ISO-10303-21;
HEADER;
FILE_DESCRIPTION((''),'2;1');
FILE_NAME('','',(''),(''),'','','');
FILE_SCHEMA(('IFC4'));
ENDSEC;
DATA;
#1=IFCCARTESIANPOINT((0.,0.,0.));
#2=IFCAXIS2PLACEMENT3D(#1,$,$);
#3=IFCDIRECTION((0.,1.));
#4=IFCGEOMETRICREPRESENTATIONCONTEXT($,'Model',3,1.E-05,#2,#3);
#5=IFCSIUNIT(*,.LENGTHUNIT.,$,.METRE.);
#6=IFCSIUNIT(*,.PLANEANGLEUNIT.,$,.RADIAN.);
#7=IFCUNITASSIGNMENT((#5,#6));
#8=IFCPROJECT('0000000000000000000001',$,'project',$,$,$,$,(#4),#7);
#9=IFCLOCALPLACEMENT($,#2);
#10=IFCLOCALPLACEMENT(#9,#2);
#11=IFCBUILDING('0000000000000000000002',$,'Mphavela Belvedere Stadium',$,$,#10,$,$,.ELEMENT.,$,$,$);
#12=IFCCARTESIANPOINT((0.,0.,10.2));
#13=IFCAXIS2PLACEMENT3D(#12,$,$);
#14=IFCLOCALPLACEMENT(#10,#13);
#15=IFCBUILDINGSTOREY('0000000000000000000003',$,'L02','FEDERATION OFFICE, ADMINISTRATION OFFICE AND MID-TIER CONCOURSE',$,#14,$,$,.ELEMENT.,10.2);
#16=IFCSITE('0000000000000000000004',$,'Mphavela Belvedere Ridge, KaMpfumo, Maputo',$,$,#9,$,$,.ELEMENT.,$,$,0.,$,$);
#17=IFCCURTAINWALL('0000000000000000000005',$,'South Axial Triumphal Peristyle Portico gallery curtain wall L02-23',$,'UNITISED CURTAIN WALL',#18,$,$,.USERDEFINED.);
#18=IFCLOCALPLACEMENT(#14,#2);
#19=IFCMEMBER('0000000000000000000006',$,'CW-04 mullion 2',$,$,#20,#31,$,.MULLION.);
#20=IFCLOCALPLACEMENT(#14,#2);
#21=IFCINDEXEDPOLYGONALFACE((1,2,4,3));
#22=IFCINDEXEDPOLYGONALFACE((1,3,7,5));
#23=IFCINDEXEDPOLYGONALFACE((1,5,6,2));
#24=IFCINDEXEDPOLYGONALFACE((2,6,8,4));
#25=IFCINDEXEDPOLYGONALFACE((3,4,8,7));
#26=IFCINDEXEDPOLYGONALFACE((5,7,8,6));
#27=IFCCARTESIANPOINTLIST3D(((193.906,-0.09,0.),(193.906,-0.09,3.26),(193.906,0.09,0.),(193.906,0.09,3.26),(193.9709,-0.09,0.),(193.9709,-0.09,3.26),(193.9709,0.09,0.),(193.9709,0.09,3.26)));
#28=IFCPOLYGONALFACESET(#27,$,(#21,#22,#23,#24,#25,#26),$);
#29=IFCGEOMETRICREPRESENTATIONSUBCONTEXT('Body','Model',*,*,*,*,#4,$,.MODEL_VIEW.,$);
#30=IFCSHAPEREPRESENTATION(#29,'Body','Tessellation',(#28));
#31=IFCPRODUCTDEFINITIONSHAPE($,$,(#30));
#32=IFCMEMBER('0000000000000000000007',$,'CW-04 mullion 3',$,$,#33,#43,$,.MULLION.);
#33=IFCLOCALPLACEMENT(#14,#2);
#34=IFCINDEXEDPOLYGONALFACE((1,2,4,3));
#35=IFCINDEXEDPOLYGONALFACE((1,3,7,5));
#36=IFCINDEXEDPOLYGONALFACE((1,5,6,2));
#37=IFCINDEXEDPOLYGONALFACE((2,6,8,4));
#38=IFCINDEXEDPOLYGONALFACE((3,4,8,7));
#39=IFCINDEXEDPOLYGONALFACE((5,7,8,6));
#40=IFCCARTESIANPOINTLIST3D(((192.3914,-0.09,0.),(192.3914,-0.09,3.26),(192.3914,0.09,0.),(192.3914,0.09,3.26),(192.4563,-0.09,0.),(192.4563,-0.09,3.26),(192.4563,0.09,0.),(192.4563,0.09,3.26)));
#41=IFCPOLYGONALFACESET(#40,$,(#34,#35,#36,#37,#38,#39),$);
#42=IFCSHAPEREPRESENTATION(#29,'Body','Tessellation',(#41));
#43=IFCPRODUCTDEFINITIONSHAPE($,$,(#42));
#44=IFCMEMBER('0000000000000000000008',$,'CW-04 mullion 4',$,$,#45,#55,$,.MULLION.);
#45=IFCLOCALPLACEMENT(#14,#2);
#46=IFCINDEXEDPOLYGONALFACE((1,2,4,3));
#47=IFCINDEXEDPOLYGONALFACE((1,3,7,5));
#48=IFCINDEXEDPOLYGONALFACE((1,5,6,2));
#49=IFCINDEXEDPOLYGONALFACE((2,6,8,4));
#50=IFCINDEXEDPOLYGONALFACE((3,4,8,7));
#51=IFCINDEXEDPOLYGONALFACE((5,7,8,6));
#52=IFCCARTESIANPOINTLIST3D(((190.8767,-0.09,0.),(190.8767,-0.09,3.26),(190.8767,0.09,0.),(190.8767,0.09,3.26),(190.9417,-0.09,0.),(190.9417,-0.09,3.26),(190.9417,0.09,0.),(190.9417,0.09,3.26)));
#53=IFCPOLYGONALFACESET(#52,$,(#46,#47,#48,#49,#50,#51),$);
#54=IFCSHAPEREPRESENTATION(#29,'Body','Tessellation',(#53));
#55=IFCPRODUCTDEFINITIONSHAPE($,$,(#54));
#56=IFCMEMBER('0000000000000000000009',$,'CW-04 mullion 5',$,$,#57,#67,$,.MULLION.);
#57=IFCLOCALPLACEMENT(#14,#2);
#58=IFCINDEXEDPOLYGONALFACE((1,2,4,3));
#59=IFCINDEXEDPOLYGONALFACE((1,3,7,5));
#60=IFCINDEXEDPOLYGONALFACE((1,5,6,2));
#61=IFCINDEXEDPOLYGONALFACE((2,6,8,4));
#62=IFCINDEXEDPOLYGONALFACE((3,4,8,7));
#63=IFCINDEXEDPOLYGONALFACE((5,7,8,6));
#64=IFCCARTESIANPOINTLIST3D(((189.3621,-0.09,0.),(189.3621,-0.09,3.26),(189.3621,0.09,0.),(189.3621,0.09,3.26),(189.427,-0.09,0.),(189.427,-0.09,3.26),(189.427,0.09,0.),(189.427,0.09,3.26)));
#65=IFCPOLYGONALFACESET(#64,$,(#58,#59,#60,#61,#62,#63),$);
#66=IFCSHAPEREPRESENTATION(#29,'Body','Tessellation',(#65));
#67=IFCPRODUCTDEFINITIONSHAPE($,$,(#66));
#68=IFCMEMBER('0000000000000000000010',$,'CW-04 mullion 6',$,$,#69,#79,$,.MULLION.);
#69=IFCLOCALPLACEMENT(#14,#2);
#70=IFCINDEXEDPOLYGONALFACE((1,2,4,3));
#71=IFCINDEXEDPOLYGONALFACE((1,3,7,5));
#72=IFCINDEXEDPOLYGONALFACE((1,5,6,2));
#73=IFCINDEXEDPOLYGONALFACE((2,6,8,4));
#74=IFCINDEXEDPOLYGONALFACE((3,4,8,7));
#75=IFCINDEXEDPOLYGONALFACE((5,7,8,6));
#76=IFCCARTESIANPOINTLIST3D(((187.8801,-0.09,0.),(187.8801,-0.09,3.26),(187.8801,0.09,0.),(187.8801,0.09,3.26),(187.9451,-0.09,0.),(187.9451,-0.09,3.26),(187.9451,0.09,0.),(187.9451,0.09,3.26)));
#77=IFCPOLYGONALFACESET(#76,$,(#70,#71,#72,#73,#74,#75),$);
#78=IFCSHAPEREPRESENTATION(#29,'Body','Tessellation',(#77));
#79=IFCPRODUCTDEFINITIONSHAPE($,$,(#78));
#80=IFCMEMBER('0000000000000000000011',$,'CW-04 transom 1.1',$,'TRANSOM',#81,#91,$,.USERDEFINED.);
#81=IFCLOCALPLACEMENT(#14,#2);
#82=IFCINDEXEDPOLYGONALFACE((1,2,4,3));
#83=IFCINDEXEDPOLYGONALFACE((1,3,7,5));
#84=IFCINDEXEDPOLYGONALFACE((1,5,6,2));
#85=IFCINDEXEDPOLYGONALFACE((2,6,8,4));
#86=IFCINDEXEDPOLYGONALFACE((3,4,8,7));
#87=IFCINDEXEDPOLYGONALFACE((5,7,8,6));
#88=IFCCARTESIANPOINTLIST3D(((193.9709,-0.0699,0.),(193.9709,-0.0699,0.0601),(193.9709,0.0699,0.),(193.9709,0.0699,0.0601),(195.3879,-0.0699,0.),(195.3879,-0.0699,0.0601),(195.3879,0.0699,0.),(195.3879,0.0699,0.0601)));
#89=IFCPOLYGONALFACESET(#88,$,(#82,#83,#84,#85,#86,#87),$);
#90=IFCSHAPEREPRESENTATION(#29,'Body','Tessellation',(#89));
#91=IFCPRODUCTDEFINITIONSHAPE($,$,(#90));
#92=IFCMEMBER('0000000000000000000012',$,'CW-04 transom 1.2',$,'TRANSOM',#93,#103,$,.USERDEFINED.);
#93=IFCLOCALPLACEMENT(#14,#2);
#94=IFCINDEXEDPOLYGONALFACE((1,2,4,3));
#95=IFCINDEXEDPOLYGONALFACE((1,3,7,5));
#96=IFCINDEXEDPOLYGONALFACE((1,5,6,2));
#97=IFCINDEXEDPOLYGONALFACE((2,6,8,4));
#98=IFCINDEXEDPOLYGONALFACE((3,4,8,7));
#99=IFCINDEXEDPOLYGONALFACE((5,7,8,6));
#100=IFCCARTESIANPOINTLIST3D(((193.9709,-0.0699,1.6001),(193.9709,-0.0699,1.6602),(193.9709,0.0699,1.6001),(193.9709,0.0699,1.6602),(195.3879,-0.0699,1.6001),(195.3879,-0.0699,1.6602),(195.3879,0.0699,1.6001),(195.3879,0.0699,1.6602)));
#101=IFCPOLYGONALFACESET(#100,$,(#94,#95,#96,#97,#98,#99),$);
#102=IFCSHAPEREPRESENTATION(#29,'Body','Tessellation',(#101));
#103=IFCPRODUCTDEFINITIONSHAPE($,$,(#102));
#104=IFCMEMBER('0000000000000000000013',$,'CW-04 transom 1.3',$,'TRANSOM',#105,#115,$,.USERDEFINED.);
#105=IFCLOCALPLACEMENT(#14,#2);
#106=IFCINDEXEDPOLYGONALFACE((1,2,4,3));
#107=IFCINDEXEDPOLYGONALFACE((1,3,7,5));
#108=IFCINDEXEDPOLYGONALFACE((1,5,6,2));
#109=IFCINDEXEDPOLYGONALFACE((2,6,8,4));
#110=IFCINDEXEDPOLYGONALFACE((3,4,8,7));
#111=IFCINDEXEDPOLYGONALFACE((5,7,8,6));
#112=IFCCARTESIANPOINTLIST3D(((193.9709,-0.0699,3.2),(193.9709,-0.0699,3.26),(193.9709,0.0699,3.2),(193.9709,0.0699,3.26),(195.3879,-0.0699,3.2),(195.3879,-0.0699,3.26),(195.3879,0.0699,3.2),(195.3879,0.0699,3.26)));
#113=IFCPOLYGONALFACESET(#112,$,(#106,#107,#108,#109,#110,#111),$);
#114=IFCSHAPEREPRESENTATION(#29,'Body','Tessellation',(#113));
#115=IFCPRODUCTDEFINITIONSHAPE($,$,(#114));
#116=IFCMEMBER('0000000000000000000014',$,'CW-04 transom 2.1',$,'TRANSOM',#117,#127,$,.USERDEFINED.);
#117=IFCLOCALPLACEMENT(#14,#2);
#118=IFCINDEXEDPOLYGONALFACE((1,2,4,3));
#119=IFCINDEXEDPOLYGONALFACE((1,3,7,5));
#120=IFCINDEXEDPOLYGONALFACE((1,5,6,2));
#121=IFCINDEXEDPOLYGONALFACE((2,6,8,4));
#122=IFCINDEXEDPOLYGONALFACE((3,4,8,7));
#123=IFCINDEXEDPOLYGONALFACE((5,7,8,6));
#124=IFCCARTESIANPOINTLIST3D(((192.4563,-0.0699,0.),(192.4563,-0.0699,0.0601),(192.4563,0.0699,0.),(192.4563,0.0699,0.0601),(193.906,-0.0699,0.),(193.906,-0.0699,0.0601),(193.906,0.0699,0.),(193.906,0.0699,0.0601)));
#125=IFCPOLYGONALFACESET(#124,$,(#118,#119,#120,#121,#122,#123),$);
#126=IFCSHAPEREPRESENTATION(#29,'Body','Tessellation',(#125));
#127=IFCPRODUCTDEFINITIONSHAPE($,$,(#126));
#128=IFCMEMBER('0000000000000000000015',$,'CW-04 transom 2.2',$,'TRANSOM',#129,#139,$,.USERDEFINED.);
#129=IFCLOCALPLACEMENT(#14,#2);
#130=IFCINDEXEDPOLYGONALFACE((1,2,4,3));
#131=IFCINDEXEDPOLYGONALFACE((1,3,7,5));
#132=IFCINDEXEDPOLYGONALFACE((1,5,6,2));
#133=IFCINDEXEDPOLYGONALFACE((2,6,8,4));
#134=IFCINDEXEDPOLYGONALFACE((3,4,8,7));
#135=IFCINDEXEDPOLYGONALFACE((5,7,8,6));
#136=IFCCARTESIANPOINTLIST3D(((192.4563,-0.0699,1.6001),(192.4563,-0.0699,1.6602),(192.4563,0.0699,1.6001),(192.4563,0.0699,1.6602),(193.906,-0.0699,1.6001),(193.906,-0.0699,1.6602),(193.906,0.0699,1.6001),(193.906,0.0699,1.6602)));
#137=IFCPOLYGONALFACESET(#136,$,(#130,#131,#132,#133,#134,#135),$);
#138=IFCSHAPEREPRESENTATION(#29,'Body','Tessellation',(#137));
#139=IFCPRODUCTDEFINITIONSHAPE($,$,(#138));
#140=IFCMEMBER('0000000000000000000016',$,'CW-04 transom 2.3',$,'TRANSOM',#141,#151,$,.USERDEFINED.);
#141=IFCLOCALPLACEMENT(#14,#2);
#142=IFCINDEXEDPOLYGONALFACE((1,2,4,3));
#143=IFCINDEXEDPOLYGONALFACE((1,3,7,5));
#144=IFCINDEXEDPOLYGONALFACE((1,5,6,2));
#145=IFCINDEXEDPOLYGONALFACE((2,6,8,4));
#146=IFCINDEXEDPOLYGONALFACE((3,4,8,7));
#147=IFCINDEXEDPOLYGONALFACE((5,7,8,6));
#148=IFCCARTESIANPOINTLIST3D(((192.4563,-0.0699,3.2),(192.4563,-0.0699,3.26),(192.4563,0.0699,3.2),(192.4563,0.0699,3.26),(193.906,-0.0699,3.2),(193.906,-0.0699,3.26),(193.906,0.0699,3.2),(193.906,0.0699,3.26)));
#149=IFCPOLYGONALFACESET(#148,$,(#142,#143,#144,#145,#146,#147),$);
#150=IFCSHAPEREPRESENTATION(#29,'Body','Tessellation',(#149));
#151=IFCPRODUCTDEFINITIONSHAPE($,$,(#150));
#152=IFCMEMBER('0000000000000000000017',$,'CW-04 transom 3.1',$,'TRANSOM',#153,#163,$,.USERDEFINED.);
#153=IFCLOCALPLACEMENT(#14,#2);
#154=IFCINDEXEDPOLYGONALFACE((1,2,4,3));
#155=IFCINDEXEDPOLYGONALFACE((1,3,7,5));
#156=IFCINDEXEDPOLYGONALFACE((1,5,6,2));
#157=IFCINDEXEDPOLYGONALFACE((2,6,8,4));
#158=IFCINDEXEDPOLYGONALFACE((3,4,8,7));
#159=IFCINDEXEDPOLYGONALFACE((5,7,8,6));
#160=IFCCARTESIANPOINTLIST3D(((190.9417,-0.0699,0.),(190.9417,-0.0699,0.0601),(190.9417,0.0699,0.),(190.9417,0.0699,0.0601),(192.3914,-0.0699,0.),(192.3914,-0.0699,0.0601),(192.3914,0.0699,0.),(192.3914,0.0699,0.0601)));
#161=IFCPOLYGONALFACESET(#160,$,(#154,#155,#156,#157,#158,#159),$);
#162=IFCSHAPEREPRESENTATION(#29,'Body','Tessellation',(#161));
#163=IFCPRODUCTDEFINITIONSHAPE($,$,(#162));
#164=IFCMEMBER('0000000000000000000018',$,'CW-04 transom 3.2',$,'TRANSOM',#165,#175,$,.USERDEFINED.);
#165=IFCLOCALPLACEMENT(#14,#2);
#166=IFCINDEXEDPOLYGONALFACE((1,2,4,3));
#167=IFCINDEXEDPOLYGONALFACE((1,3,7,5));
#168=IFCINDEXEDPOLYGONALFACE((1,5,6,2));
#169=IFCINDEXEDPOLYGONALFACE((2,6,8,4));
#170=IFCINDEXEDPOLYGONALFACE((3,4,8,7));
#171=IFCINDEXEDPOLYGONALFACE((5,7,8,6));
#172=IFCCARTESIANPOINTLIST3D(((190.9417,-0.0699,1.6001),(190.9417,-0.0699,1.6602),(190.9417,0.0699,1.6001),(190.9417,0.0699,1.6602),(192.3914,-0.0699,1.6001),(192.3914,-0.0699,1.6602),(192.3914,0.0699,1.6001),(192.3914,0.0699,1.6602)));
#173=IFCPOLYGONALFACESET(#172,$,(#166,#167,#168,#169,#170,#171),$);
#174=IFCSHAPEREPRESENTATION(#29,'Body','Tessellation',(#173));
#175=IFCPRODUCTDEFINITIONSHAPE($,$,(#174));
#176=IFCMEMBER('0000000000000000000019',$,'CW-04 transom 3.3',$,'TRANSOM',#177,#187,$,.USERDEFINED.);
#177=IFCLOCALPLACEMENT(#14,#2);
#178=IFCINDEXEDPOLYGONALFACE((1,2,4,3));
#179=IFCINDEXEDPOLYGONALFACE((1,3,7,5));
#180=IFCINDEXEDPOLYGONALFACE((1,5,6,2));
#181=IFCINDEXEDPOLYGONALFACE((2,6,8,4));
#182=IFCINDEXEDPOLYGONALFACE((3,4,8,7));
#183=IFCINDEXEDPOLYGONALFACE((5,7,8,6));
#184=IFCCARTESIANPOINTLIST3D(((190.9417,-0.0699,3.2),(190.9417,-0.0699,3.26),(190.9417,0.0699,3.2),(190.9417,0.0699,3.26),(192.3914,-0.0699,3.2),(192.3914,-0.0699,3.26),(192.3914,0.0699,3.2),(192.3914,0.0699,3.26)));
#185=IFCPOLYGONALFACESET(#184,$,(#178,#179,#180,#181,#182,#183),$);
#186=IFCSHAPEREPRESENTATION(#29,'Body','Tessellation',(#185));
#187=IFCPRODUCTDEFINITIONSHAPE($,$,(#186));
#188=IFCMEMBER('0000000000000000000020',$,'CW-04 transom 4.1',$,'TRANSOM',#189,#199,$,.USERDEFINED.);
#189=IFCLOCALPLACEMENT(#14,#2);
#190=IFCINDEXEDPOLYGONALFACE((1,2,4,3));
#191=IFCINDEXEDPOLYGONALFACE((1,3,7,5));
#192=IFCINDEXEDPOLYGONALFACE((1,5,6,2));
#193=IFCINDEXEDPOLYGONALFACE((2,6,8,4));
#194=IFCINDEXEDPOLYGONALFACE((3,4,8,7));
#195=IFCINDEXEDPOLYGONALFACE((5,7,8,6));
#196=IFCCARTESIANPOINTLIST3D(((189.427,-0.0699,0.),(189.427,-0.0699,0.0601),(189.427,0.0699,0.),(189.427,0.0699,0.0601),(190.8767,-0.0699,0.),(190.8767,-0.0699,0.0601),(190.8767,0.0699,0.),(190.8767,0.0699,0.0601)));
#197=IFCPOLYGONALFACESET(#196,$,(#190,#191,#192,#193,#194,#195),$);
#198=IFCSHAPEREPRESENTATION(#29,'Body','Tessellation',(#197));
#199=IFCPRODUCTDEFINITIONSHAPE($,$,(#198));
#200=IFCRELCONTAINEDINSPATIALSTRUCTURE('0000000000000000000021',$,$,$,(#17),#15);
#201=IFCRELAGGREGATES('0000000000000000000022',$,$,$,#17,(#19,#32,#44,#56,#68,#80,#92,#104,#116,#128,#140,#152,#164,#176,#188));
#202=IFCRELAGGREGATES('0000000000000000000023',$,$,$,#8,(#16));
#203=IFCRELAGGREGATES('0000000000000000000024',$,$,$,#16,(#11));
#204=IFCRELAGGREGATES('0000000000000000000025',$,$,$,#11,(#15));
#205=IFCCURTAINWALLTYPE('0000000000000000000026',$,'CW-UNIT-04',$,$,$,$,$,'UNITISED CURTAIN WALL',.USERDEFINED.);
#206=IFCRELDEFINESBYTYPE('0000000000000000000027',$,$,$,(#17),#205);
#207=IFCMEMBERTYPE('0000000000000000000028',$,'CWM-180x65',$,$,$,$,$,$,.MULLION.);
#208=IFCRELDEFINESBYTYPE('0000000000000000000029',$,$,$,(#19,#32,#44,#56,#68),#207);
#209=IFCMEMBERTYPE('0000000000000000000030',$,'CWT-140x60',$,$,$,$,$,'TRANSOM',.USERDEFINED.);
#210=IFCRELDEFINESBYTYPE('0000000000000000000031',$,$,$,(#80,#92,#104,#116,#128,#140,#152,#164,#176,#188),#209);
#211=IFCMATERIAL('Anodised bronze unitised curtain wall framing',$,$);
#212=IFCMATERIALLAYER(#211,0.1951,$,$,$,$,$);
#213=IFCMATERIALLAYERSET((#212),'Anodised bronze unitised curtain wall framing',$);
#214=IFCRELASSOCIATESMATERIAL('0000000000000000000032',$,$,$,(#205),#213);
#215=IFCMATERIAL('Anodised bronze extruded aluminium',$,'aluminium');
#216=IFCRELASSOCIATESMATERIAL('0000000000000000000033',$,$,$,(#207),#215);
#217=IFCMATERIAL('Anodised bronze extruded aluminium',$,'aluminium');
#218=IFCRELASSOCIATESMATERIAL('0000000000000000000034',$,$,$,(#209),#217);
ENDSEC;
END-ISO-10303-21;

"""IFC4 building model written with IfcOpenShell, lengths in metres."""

from ifc_helpers import new_model, si_unit, direction, frame, origin, origin_2d, place, context, subcontext, project, spatial, rectangle, extrude, material, layer, layer_set, material_profile, profile_set, type_object, element, aggregate, save


model = new_model("IFC4")

# Units and contexts
model_context = context("Model", 3, precision=1e-05, world=origin(), true_north=direction((0.0, 1.0)))
body_context = subcontext(model_context, "Body", "Model", "MODEL_VIEW")
ifc_project = project(units=[si_unit("LENGTHUNIT", "METRE"), si_unit("PLANEANGLEUNIT", "RADIAN")], contexts=[model_context])

# Site, building, storey
site_placement = place(None, origin())
site = spatial("IfcSite", under=ifc_project, at=site_placement, Name="Mphavela Belvedere Ridge, KaMpfumo, Maputo", CompositionType="ELEMENT", RefElevation=0.0)
building_placement = place(site_placement, origin())
building = spatial("IfcBuilding", under=site, at=building_placement, Name="Mphavela Belvedere Stadium", CompositionType="ELEMENT")
storey_placement = place(building_placement, frame((0.0, 0.0, 10.2)))
storey = spatial("IfcBuildingStorey", under=building, at=storey_placement, Name="L02", Description="FEDERATION OFFICE, ADMINISTRATION OFFICE AND MID-TIER CONCOURSE", CompositionType="ELEMENT", Elevation=10.2)

# Curtain wall, members
ifc_material_1 = material(Name="Anodised bronze unitised curtain wall framing")
ifc_layer_1 = layer(ifc_material_1, 0.1951)
ifc_layer_set_1 = layer_set([ifc_layer_1], Name="Anodised bronze unitised curtain wall framing")
curtain_wall_type = type_object("IfcCurtainWallType", Name="CW-UNIT-04", ElementType="UNITISED CURTAIN WALL", PredefinedType="USERDEFINED", material=ifc_layer_set_1)
curtain_wall_placement = place(storey_placement, origin())
curtain_wall = element("IfcCurtainWall", 1, at=curtain_wall_placement, inside=storey, type_object=curtain_wall_type, Name="South Axial Triumphal Peristyle Portico gallery curtain wall L02-23", ObjectType="UNITISED CURTAIN WALL", PredefinedType="USERDEFINED")
ifc_material_2 = material(Name="Anodised bronze extruded aluminium", Category="aluminium")
ifc_material_profile_1 = material_profile(ifc_material_2, rectangle(XDim=0.1799, YDim=0.0649, at=origin_2d()), Name="CW-MUL 180x65")
ifc_profile_set_1 = profile_set([ifc_material_profile_1], Name="Anodised bronze extruded aluminium")
member_type_1 = type_object("IfcMemberType", Name="CWM-180x65", PredefinedType="MULLION", material=ifc_profile_set_1)
member_1_placement = place(storey_placement, frame((193.9385, 0.0, 0.0), z_axis=(0.0, 0.0, 1.0), x_axis=(0.0, -1.0, 0.0)))
member_1 = element("IfcMember", 2, at=member_1_placement, type_object=member_type_1, Name="CW-04 mullion 2", PredefinedType="MULLION", context=body_context, shape_type="SweptSolid", body=[
    extrude(rectangle(XDim=0.1799, YDim=0.0649, at=origin_2d()), origin(), (0.0, 0.0, 1.0), 3.26),
])
member_2_placement = place(storey_placement, frame((192.4238, 0.0, 0.0), z_axis=(0.0, 0.0, 1.0), x_axis=(0.0, -1.0, 0.0)))
member_2 = element("IfcMember", 3, at=member_2_placement, type_object=member_type_1, Name="CW-04 mullion 3", PredefinedType="MULLION", context=body_context, shape_type="SweptSolid", body=[
    extrude(rectangle(XDim=0.1799, YDim=0.0649, at=origin_2d()), origin(), (0.0, 0.0, 1.0), 3.26),
])
member_3_placement = place(storey_placement, frame((190.9092, 0.0, 0.0), z_axis=(0.0, 0.0, 1.0), x_axis=(0.0, -1.0, 0.0)))
member_3 = element("IfcMember", 4, at=member_3_placement, type_object=member_type_1, Name="CW-04 mullion 4", PredefinedType="MULLION", context=body_context, shape_type="SweptSolid", body=[
    extrude(rectangle(XDim=0.1799, YDim=0.0649, at=origin_2d()), origin(), (0.0, 0.0, 1.0), 3.26),
])
member_4_placement = place(storey_placement, frame((189.3945, 0.0, 0.0), z_axis=(0.0, 0.0, 1.0), x_axis=(0.0, -1.0, 0.0)))
member_4 = element("IfcMember", 5, at=member_4_placement, type_object=member_type_1, Name="CW-04 mullion 5", PredefinedType="MULLION", context=body_context, shape_type="SweptSolid", body=[
    extrude(rectangle(XDim=0.1799, YDim=0.0649, at=origin_2d()), origin(), (0.0, 0.0, 1.0), 3.26),
])
member_5_placement = place(storey_placement, frame((187.9126, 0.0, 0.0), z_axis=(0.0, 0.0, 1.0), x_axis=(0.0, -1.0, 0.0)))
member_5 = element("IfcMember", 6, at=member_5_placement, type_object=member_type_1, Name="CW-04 mullion 6", PredefinedType="MULLION", context=body_context, shape_type="SweptSolid", body=[
    extrude(rectangle(XDim=0.1799, YDim=0.0649, at=origin_2d()), origin(), (0.0, 0.0, 1.0), 3.26),
])
ifc_material_3 = material(Name="Anodised bronze extruded aluminium", Category="aluminium")
ifc_material_profile_2 = material_profile(ifc_material_3, rectangle(XDim=0.1399, YDim=0.0601, at=origin_2d()), Name="CW-TRN 140x60")
ifc_profile_set_2 = profile_set([ifc_material_profile_2], Name="Anodised bronze extruded aluminium")
member_type_2 = type_object("IfcMemberType", Name="CWT-140x60", ElementType="TRANSOM", PredefinedType="USERDEFINED", material=ifc_profile_set_2)
member_6_placement = place(storey_placement, frame((195.3879, 0.0, 0.03), z_axis=(-1.0, 0.0, 0.0), x_axis=(0.0, -1.0, 0.0)))
member_6 = element("IfcMember", 7, at=member_6_placement, type_object=member_type_2, Name="CW-04 transom 1.1", ObjectType="TRANSOM", PredefinedType="USERDEFINED", context=body_context, shape_type="SweptSolid", body=[
    extrude(rectangle(XDim=0.1399, YDim=0.0601, at=origin_2d()), origin(), (0.0, 0.0, 1.0), 1.417),
])
member_7_placement = place(storey_placement, frame((195.3879, 0.0, 1.6301), z_axis=(-1.0, 0.0, 0.0), x_axis=(0.0, -1.0, 0.0)))
member_7 = element("IfcMember", 8, at=member_7_placement, type_object=member_type_2, Name="CW-04 transom 1.2", ObjectType="TRANSOM", PredefinedType="USERDEFINED", context=body_context, shape_type="SweptSolid", body=[
    extrude(rectangle(XDim=0.1399, YDim=0.0601, at=origin_2d()), origin(), (0.0, 0.0, 1.0), 1.417),
])
member_8_placement = place(storey_placement, frame((195.3879, 0.0, 3.23), z_axis=(-1.0, 0.0, 0.0), x_axis=(0.0, -1.0, 0.0)))
member_8 = element("IfcMember", 9, at=member_8_placement, type_object=member_type_2, Name="CW-04 transom 1.3", ObjectType="TRANSOM", PredefinedType="USERDEFINED", context=body_context, shape_type="SweptSolid", body=[
    extrude(rectangle(XDim=0.1399, YDim=0.0601, at=origin_2d()), origin(), (0.0, 0.0, 1.0), 1.417),
])
member_9_placement = place(storey_placement, frame((193.906, 0.0, 0.03), z_axis=(-1.0, 0.0, 0.0), x_axis=(0.0, -1.0, 0.0)))
member_9 = element("IfcMember", 10, at=member_9_placement, type_object=member_type_2, Name="CW-04 transom 2.1", ObjectType="TRANSOM", PredefinedType="USERDEFINED", context=body_context, shape_type="SweptSolid", body=[
    extrude(rectangle(XDim=0.1399, YDim=0.0601, at=origin_2d()), origin(), (0.0, 0.0, 1.0), 1.4497),
])
member_10_placement = place(storey_placement, frame((193.906, 0.0, 1.6301), z_axis=(-1.0, 0.0, 0.0), x_axis=(0.0, -1.0, 0.0)))
member_10 = element("IfcMember", 11, at=member_10_placement, type_object=member_type_2, Name="CW-04 transom 2.2", ObjectType="TRANSOM", PredefinedType="USERDEFINED", context=body_context, shape_type="SweptSolid", body=[
    extrude(rectangle(XDim=0.1399, YDim=0.0601, at=origin_2d()), origin(), (0.0, 0.0, 1.0), 1.4497),
])
member_11_placement = place(storey_placement, frame((193.906, 0.0, 3.23), z_axis=(-1.0, 0.0, 0.0), x_axis=(0.0, -1.0, 0.0)))
member_11 = element("IfcMember", 12, at=member_11_placement, type_object=member_type_2, Name="CW-04 transom 2.3", ObjectType="TRANSOM", PredefinedType="USERDEFINED", context=body_context, shape_type="SweptSolid", body=[
    extrude(rectangle(XDim=0.1399, YDim=0.0601, at=origin_2d()), origin(), (0.0, 0.0, 1.0), 1.4497),
])
member_12_placement = place(storey_placement, frame((192.3914, 0.0, 0.03), z_axis=(-1.0, 0.0, 0.0), x_axis=(0.0, -1.0, 0.0)))
member_12 = element("IfcMember", 13, at=member_12_placement, type_object=member_type_2, Name="CW-04 transom 3.1", ObjectType="TRANSOM", PredefinedType="USERDEFINED", context=body_context, shape_type="SweptSolid", body=[
    extrude(rectangle(XDim=0.1399, YDim=0.0601, at=origin_2d()), origin(), (0.0, 0.0, 1.0), 1.4497),
])
member_13_placement = place(storey_placement, frame((192.3914, 0.0, 1.6301), z_axis=(-1.0, 0.0, 0.0), x_axis=(0.0, -1.0, 0.0)))
member_13 = element("IfcMember", 14, at=member_13_placement, type_object=member_type_2, Name="CW-04 transom 3.2", ObjectType="TRANSOM", PredefinedType="USERDEFINED", context=body_context, shape_type="SweptSolid", body=[
    extrude(rectangle(XDim=0.1399, YDim=0.0601, at=origin_2d()), origin(), (0.0, 0.0, 1.0), 1.4497),
])
member_14_placement = place(storey_placement, frame((192.3914, 0.0, 3.23), z_axis=(-1.0, 0.0, 0.0), x_axis=(0.0, -1.0, 0.0)))
member_14 = element("IfcMember", 15, at=member_14_placement, type_object=member_type_2, Name="CW-04 transom 3.3", ObjectType="TRANSOM", PredefinedType="USERDEFINED", context=body_context, shape_type="SweptSolid", body=[
    extrude(rectangle(XDim=0.1399, YDim=0.0601, at=origin_2d()), origin(), (0.0, 0.0, 1.0), 1.4497),
])
member_15_placement = place(storey_placement, frame((190.8767, 0.0, 0.03), z_axis=(-1.0, 0.0, 0.0), x_axis=(0.0, -1.0, 0.0)))
member_15 = element("IfcMember", 16, at=member_15_placement, type_object=member_type_2, Name="CW-04 transom 4.1", ObjectType="TRANSOM", PredefinedType="USERDEFINED", context=body_context, shape_type="SweptSolid", body=[
    extrude(rectangle(XDim=0.1399, YDim=0.0601, at=origin_2d()), origin(), (0.0, 0.0, 1.0), 1.4497),
])
aggregate(curtain_wall, [member_1, member_2, member_3, member_4, member_5, member_6, member_7, member_8, member_9, member_10, member_11, member_12, member_13, member_14, member_15])

save(model, "model.ifc")
